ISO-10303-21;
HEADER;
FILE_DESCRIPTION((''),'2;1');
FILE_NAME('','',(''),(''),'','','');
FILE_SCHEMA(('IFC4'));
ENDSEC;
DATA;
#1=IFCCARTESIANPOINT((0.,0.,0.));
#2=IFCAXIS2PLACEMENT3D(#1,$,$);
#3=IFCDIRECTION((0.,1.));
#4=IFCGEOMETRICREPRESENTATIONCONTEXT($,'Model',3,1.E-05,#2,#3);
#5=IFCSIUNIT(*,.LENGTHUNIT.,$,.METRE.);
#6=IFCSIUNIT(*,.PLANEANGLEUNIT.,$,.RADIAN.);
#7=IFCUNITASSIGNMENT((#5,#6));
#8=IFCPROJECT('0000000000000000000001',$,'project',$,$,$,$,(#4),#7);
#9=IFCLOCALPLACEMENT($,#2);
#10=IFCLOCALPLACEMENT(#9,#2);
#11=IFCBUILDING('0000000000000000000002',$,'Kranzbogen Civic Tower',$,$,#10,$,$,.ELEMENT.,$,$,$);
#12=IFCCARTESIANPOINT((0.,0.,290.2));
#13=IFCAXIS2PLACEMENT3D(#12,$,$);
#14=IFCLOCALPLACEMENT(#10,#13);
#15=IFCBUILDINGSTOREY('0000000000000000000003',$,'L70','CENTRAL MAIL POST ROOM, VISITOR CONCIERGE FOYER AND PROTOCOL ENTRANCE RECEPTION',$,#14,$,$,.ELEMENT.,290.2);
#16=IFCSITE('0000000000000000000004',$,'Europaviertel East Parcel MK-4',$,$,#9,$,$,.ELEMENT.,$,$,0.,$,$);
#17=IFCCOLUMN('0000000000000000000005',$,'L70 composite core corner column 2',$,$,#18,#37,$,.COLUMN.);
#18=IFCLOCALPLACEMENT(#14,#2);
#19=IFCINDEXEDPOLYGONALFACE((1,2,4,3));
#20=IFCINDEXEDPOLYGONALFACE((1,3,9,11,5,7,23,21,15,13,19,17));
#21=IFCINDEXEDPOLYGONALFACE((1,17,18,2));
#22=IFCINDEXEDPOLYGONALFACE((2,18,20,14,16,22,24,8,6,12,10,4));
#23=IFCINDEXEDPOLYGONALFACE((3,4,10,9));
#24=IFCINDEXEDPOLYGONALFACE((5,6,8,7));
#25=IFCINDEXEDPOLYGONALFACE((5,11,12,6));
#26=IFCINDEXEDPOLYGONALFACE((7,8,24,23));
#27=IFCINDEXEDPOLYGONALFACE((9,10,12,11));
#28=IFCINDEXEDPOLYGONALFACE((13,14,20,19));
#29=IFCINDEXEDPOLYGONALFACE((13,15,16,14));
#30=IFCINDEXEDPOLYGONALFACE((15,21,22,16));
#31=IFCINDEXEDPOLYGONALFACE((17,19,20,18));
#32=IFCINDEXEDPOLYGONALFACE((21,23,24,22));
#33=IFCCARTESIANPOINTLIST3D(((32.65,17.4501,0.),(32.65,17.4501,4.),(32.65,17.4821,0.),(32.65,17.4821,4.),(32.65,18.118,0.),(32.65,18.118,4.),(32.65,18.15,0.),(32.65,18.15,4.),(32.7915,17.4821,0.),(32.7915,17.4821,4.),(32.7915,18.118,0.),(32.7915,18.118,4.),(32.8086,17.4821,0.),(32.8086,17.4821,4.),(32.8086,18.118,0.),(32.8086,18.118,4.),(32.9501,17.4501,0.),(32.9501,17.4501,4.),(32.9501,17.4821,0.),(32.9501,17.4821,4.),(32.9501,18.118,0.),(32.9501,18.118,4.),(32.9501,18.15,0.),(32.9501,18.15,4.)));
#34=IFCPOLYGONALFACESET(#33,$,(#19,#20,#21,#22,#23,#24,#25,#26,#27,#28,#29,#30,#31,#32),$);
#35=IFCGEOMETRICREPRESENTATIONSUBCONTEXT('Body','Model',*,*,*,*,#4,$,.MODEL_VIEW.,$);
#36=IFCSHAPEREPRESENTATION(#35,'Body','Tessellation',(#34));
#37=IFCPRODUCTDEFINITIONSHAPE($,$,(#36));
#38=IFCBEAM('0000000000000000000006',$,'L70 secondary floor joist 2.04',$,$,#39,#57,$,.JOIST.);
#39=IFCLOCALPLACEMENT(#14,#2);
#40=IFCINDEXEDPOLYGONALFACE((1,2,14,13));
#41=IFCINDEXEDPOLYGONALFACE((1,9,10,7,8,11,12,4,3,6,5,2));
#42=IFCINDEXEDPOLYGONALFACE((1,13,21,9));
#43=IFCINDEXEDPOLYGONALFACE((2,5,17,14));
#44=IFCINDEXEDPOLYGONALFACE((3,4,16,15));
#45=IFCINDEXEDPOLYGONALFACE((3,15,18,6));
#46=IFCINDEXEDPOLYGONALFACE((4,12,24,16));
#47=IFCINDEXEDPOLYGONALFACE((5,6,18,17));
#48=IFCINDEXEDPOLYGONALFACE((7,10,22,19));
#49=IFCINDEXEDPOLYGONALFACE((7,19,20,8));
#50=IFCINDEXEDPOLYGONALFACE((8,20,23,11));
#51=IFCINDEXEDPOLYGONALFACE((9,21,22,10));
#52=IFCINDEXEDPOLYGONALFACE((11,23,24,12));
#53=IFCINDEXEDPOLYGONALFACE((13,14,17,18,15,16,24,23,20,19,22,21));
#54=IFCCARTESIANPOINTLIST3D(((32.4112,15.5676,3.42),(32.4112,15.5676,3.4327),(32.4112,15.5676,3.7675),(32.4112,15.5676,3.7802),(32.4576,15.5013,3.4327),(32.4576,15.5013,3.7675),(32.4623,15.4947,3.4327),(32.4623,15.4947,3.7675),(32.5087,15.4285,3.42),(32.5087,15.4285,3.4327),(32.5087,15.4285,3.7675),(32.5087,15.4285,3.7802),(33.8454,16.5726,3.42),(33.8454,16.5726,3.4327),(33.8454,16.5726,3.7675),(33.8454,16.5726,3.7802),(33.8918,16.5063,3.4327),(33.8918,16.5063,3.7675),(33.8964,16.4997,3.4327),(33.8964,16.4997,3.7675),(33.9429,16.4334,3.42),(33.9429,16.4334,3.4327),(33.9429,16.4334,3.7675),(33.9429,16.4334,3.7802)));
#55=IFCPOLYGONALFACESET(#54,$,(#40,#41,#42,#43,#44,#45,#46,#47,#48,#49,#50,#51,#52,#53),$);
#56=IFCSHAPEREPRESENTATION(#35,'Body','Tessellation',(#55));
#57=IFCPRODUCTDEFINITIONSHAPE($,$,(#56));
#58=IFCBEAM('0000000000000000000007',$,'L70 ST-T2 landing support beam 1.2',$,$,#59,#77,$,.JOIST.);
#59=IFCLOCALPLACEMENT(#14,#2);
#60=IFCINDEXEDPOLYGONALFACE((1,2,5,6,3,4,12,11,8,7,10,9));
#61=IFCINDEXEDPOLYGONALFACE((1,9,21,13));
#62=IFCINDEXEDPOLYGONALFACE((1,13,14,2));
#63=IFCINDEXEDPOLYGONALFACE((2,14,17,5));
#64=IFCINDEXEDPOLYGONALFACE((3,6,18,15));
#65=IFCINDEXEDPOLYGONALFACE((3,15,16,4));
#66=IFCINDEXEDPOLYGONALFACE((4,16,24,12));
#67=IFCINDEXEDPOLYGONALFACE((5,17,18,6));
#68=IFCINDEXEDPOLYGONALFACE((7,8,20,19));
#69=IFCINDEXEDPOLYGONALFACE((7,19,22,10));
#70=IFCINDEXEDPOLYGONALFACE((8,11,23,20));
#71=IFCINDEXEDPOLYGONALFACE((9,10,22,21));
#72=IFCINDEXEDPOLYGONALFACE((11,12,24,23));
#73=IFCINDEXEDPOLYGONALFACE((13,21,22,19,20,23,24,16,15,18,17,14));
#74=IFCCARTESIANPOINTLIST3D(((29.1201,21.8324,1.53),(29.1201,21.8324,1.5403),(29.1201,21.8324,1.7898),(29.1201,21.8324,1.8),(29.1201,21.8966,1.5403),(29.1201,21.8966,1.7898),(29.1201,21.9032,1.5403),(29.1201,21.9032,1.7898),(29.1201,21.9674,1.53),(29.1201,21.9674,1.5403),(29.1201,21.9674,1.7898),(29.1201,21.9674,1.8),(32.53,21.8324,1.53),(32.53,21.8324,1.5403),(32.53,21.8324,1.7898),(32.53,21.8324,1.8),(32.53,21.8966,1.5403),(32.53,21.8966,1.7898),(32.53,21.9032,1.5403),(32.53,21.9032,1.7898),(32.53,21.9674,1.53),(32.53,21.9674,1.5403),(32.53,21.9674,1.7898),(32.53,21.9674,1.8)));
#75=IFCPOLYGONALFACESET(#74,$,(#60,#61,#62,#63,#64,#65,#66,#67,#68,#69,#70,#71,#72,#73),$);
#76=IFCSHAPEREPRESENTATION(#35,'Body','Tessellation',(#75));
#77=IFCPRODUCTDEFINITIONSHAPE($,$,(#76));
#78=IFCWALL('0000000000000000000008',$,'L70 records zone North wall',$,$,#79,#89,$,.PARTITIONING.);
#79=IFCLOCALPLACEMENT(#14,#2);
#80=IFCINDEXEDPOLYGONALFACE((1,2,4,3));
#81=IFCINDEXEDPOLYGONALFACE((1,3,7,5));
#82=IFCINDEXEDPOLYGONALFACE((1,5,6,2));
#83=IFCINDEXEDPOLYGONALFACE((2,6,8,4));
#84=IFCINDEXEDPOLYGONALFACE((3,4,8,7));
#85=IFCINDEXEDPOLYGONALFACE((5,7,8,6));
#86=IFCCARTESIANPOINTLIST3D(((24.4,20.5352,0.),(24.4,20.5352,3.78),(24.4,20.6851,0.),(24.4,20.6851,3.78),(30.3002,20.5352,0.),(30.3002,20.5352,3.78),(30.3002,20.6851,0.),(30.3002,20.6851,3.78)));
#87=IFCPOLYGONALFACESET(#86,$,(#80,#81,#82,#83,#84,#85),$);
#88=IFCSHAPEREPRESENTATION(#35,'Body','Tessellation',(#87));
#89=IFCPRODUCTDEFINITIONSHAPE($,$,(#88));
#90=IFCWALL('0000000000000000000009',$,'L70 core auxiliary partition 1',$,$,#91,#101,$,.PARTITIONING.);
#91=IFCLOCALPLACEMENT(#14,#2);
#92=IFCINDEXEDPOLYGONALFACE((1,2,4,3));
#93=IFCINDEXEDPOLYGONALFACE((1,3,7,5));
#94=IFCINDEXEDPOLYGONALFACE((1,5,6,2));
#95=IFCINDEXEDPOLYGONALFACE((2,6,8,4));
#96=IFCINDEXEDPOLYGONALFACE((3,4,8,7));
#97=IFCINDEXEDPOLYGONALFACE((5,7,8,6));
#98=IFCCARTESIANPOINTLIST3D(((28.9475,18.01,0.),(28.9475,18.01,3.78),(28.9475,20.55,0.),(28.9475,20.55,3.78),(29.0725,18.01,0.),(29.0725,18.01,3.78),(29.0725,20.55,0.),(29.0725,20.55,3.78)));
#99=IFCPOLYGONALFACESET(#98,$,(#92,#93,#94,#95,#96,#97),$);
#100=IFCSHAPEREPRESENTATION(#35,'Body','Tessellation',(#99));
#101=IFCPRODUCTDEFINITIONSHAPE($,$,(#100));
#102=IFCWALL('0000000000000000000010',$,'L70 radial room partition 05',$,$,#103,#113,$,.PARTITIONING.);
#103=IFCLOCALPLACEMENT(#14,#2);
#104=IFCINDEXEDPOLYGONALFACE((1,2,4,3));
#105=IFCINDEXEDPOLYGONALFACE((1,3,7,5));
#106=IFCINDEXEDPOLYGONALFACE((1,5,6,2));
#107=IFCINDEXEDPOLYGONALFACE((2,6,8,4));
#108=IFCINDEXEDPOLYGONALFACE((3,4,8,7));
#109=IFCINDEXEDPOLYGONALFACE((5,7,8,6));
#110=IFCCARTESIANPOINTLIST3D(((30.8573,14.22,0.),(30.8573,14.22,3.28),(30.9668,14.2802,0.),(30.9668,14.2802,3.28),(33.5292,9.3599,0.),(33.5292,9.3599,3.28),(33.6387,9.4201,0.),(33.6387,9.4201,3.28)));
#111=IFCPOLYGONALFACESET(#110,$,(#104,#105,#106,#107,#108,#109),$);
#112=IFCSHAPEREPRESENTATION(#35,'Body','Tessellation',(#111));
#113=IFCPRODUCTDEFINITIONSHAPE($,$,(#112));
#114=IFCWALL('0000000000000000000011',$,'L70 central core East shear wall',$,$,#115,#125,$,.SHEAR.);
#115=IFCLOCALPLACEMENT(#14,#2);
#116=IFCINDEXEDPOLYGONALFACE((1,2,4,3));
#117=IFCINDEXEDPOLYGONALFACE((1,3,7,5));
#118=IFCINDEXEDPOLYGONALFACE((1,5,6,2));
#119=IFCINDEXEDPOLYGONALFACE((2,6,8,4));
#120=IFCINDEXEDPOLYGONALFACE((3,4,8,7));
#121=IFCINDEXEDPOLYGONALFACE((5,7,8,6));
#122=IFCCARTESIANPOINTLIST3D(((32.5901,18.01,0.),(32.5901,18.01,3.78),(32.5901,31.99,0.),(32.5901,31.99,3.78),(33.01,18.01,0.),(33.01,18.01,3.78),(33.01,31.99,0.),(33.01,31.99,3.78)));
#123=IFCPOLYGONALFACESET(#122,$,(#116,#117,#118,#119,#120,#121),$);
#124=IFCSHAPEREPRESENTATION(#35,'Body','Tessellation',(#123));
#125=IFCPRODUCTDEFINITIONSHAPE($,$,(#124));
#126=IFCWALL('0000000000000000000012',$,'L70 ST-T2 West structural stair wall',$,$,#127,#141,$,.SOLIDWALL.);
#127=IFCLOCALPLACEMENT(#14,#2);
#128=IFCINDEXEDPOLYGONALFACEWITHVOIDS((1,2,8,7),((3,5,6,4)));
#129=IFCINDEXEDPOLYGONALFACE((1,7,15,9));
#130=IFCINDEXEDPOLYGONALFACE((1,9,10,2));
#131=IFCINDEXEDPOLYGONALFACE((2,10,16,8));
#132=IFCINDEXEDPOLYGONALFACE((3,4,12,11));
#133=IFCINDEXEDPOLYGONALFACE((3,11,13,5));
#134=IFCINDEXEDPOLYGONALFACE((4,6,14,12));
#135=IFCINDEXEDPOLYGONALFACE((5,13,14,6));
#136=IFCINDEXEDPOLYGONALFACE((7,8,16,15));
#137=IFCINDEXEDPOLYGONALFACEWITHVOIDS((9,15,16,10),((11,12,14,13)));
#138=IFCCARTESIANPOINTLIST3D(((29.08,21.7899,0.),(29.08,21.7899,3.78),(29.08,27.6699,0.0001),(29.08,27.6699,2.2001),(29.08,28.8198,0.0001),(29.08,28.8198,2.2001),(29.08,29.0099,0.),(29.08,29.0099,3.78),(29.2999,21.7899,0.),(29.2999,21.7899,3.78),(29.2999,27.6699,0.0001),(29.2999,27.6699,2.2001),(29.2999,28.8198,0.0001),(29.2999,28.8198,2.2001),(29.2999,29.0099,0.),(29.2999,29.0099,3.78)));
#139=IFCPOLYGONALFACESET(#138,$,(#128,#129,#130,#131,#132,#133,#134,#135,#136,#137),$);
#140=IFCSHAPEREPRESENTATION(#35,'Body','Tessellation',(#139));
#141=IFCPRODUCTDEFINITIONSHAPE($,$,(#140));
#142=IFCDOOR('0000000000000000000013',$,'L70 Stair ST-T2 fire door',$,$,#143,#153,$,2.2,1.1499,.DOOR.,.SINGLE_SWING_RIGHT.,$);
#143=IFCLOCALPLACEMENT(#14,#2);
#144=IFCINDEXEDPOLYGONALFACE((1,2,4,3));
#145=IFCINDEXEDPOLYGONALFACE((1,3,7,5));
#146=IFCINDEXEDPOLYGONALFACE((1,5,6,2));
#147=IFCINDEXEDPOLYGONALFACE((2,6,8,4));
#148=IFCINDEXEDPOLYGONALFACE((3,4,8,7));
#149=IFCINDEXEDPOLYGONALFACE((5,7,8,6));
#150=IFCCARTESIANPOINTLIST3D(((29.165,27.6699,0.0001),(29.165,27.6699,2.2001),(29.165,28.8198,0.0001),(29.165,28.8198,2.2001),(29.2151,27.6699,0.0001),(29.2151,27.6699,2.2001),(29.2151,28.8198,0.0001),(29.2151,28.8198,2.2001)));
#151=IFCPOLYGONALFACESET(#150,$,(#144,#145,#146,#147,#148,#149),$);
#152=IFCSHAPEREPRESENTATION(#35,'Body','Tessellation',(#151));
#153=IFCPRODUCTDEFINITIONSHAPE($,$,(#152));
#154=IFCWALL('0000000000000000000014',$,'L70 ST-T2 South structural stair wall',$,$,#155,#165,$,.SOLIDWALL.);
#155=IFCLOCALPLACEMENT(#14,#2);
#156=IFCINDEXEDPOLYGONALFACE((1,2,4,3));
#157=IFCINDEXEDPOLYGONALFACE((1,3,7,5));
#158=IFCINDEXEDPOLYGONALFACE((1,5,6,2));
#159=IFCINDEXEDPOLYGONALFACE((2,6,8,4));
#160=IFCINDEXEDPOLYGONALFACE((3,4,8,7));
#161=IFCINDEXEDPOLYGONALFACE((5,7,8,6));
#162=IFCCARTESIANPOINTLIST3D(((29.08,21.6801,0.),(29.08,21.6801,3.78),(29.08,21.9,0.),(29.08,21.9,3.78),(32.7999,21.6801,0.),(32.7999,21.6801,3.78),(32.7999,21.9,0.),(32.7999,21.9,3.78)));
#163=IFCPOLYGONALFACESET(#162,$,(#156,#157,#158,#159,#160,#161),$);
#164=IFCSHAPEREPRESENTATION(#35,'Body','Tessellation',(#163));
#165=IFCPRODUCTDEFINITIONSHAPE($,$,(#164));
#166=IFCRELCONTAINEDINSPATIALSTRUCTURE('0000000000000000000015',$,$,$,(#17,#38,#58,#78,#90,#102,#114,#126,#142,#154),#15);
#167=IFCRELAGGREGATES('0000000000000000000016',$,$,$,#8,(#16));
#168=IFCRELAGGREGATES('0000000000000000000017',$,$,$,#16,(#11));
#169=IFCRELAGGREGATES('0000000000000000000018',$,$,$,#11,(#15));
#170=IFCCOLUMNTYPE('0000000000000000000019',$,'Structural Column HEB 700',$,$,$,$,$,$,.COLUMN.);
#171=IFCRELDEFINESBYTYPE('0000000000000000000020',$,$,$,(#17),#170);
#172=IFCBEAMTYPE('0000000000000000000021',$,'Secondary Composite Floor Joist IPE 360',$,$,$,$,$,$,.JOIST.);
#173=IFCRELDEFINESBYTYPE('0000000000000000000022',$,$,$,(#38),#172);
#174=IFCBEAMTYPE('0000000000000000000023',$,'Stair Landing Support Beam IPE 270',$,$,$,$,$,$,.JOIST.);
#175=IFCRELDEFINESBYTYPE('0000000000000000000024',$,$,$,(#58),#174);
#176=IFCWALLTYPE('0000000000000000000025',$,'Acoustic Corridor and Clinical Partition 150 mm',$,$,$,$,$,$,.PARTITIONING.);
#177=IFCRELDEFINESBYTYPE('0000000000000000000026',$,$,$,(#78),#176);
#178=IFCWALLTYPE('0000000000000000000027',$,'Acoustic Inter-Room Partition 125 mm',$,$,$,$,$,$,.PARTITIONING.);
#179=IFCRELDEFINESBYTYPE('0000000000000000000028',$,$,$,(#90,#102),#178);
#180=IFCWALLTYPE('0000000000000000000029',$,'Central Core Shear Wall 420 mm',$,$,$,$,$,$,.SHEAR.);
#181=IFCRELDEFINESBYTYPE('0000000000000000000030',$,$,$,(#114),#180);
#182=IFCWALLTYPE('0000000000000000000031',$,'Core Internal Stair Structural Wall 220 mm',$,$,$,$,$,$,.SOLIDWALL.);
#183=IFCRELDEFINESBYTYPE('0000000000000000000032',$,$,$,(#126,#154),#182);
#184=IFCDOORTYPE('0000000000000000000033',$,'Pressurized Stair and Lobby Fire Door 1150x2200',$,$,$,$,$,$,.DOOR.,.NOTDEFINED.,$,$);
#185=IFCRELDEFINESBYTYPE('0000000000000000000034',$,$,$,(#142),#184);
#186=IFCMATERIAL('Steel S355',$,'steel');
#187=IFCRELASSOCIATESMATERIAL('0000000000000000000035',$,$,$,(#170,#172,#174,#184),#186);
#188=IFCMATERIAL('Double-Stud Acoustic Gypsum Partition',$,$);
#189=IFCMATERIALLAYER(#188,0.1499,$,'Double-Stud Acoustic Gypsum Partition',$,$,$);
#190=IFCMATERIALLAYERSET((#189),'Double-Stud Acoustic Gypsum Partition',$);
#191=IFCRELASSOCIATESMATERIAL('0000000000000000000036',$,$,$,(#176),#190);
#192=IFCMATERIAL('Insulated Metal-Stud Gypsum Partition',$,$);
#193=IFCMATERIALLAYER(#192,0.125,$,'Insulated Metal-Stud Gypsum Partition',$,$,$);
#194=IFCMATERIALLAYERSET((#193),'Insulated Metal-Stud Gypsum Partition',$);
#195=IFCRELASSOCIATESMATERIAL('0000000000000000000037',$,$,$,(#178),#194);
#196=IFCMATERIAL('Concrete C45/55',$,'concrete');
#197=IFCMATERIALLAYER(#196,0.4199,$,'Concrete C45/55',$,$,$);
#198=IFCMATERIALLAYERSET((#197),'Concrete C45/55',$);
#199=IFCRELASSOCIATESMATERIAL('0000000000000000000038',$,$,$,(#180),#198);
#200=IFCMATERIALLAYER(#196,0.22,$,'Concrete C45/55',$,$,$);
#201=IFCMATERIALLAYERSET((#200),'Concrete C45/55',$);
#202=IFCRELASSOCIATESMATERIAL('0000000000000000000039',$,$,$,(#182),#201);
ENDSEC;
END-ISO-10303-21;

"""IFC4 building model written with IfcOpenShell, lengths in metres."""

from ifc_helpers import new_model, si_unit, direction, frame, frame_2d, origin, origin_2d, place, context, subcontext, project, spatial, rectangle, i_section, extrude, material, layer, layer_set, material_profile, profile_set, type_object, element, fill, save


model = new_model("IFC4")

# Units and contexts
model_context = context("Model", 3, precision=1e-05, world=origin(), true_north=direction((0.0, 1.0)))
body_context = subcontext(model_context, "Body", "Model", "MODEL_VIEW")
ifc_project = project(units=[si_unit("LENGTHUNIT", "METRE"), si_unit("PLANEANGLEUNIT", "RADIAN")], contexts=[model_context])

# Site, building, storey
site_placement = place(None, origin())
site = spatial("IfcSite", under=ifc_project, at=site_placement, Name="Europaviertel East Parcel MK-4", CompositionType="ELEMENT", RefElevation=0.0)
building_placement = place(site_placement, origin())
building = spatial("IfcBuilding", under=site, at=building_placement, Name="Kranzbogen Civic Tower", CompositionType="ELEMENT")
storey_placement = place(building_placement, frame((0.0, 0.0, 290.2)))
storey = spatial("IfcBuildingStorey", under=building, at=storey_placement, Name="L70", Description="CENTRAL MAIL POST ROOM, VISITOR CONCIERGE FOYER AND PROTOCOL ENTRANCE RECEPTION", CompositionType="ELEMENT", Elevation=290.2)

# Column
ifc_material_1 = material(Name="Steel S355", Category="steel")
ifc_material_profile_1 = material_profile(ifc_material_1, i_section(OverallWidth=0.3, OverallDepth=0.7, WebThickness=0.0171, FlangeThickness=0.032, at=origin_2d()), Name="HEB 700")
ifc_profile_set_1 = profile_set([ifc_material_profile_1], Name="Steel S355")
column_type = type_object("IfcColumnType", Name="Structural Column HEB 700", PredefinedType="COLUMN", material=ifc_profile_set_1)
column_placement = place(storey_placement, frame((32.8, 17.8, 0.0), z_axis=(0.0, 0.0, 1.0), x_axis=(1.0, 0.0, 0.0)))
element("IfcColumn", 1, at=column_placement, inside=storey, type_object=column_type, Name="L70 composite core corner column 2", PredefinedType="COLUMN", context=body_context, shape_type="SweptSolid", body=[
    extrude(i_section(OverallWidth=0.3, OverallDepth=0.7, WebThickness=0.0171, FlangeThickness=0.032, at=origin_2d()), origin(), (0.0, 0.0, 1.0), 4.0),
])

# Beams
ifc_material_profile_2 = material_profile(ifc_material_1, i_section(OverallWidth=0.1699, OverallDepth=0.3601, WebThickness=0.0081, FlangeThickness=0.0127, at=origin_2d()), Name="IPE 360")
ifc_profile_set_2 = profile_set([ifc_material_profile_2], Name="Steel S355")
beam_type_1 = type_object("IfcBeamType", Name="Secondary Composite Floor Joist IPE 360", PredefinedType="JOIST", material=ifc_profile_set_2)
beam_1_placement = place(storey_placement, frame((32.46, 15.498, 3.6001), z_axis=(0.818957, 0.573855, 0.0), x_axis=(-0.573855, 0.818957, 0.0)))
element("IfcBeam", 2, at=beam_1_placement, inside=storey, type_object=beam_type_1, Name="L70 secondary floor joist 2.04", PredefinedType="JOIST", context=body_context, shape_type="SweptSolid", body=[
    extrude(i_section(OverallWidth=0.1699, OverallDepth=0.3601, WebThickness=0.0081, FlangeThickness=0.0127, at=origin_2d()), origin(), (0.0, 0.0, 1.0), 1.7512),
])
ifc_material_profile_3 = material_profile(ifc_material_1, i_section(OverallWidth=0.135, OverallDepth=0.27, WebThickness=0.0066, FlangeThickness=0.0103, at=origin_2d()), Name="IPE 270")
ifc_profile_set_3 = profile_set([ifc_material_profile_3], Name="Steel S355")
beam_type_2 = type_object("IfcBeamType", Name="Stair Landing Support Beam IPE 270", PredefinedType="JOIST", material=ifc_profile_set_3)
beam_2_placement = place(storey_placement, frame((29.1201, 21.8999, 1.665), z_axis=(1.0, 0.0, 0.0), x_axis=(0.0, 1.0, 0.0)))
element("IfcBeam", 3, at=beam_2_placement, inside=storey, type_object=beam_type_2, Name="L70 ST-T2 landing support beam 1.2", PredefinedType="JOIST", context=body_context, shape_type="SweptSolid", body=[
    extrude(i_section(OverallWidth=0.135, OverallDepth=0.27, WebThickness=0.0066, FlangeThickness=0.0103, at=origin_2d()), origin(), (0.0, 0.0, 1.0), 3.4099),
])

# Walls
ifc_material_2 = material(Name="Double-Stud Acoustic Gypsum Partition")
ifc_layer_1 = layer(ifc_material_2, 0.1499, Name="Double-Stud Acoustic Gypsum Partition")
ifc_layer_set_1 = layer_set([ifc_layer_1], Name="Double-Stud Acoustic Gypsum Partition")
wall_type_1 = type_object("IfcWallType", Name="Acoustic Corridor and Clinical Partition 150 mm", PredefinedType="PARTITIONING", material=ifc_layer_set_1)
wall_1_placement = place(storey_placement, frame((24.3999, 20.6101, 0.0), z_axis=(0.0, 0.0, 1.0), x_axis=(1.0, 0.0, 0.0)))
element("IfcWall", 4, at=wall_1_placement, inside=storey, type_object=wall_type_1, Name="L70 records zone North wall", PredefinedType="PARTITIONING", context=body_context, shape_type="SweptSolid", body=[
    extrude(rectangle(XDim=5.9001, YDim=0.1499, at=frame_2d((2.9502, 0.0))), origin(), (0.0, 0.0, 1.0), 3.78),
])
ifc_material_3 = material(Name="Insulated Metal-Stud Gypsum Partition")
ifc_layer_2 = layer(ifc_material_3, 0.125, Name="Insulated Metal-Stud Gypsum Partition")
ifc_layer_set_2 = layer_set([ifc_layer_2], Name="Insulated Metal-Stud Gypsum Partition")
wall_type_2 = type_object("IfcWallType", Name="Acoustic Inter-Room Partition 125 mm", PredefinedType="PARTITIONING", material=ifc_layer_set_2)
wall_2_placement = place(storey_placement, frame((29.01, 18.01, 0.0), z_axis=(0.0, 0.0, 1.0), x_axis=(0.0, 1.0, 0.0)))
element("IfcWall", 5, at=wall_2_placement, inside=storey, type_object=wall_type_2, Name="L70 core auxiliary partition 1", PredefinedType="PARTITIONING", context=body_context, shape_type="SweptSolid", body=[
    extrude(rectangle(XDim=2.54, YDim=0.125, at=frame_2d((1.27, 0.0))), origin(), (0.0, 0.0, 1.0), 3.78),
])
wall_3_placement = place(storey_placement, frame((30.9121, 14.25, 0.0), z_axis=(0.0, 0.0, 1.0), x_axis=(0.481755, -0.876306, 0.0)))
element("IfcWall", 6, at=wall_3_placement, inside=storey, type_object=wall_type_2, Name="L70 radial room partition 05", PredefinedType="PARTITIONING", context=body_context, shape_type="SweptSolid", body=[
    extrude(rectangle(XDim=5.5461, YDim=0.125, at=frame_2d((2.7729, 0.0))), origin(), (0.0, 0.0, 1.0), 3.28),
])
ifc_material_4 = material(Name="Concrete C45/55", Category="concrete")
ifc_layer_3 = layer(ifc_material_4, 0.4199, Name="Concrete C45/55")
ifc_layer_set_3 = layer_set([ifc_layer_3], Name="Concrete C45/55")
wall_type_3 = type_object("IfcWallType", Name="Central Core Shear Wall 420 mm", PredefinedType="SHEAR", material=ifc_layer_set_3)
wall_4_placement = place(storey_placement, frame((32.8, 18.01, 0.0), z_axis=(0.0, 0.0, 1.0), x_axis=(0.0, 1.0, 0.0)))
element("IfcWall", 7, at=wall_4_placement, inside=storey, type_object=wall_type_3, Name="L70 central core East shear wall", PredefinedType="SHEAR", context=body_context, shape_type="SweptSolid", body=[
    extrude(rectangle(XDim=13.98, YDim=0.4199, at=frame_2d((6.99, 0.0))), origin(), (0.0, 0.0, 1.0), 3.78),
])

# Wall, opening, door
ifc_layer_4 = layer(ifc_material_4, 0.22, Name="Concrete C45/55")
ifc_layer_set_4 = layer_set([ifc_layer_4], Name="Concrete C45/55")
wall_type_4 = type_object("IfcWallType", Name="Core Internal Stair Structural Wall 220 mm", PredefinedType="SOLIDWALL", material=ifc_layer_set_4)
wall_5_placement = place(storey_placement, frame((29.1899, 21.79, 0.0), z_axis=(0.0, 0.0, 1.0), x_axis=(0.0, 1.0, 0.0)))
wall_5 = element("IfcWall", 8, at=wall_5_placement, inside=storey, type_object=wall_type_4, Name="L70 ST-T2 West structural stair wall", PredefinedType="SOLIDWALL", context=body_context, shape_type="SweptSolid", body=[
    extrude(rectangle(XDim=7.22, YDim=0.22, at=frame_2d((3.6099, 0.0))), origin(), (0.0, 0.0, 1.0), 3.78),
])
opening_1_placement = place(wall_5_placement, frame((5.8799, 0.0, 0.0)))
opening_1 = element("IfcOpeningElement", 9, at=opening_1_placement, cuts=wall_5, PredefinedType="OPENING", context=body_context, shape_type="SweptSolid", body=[
    extrude(rectangle(XDim=1.1499, YDim=2.2, at=frame_2d((0.575, 1.1001))), frame((0.0, 0.1201, 0.0), z_axis=(0.0, -1.0, 0.0), x_axis=(1.0, 0.0, 0.0)), (0.0, 0.0, 1.0), 0.24),
])
door_type_1 = type_object("IfcDoorType", Name="Pressurized Stair and Lobby Fire Door 1150x2200", OperationType="NOTDEFINED", PredefinedType="DOOR", material=ifc_material_1)
door_1_placement = place(opening_1_placement, origin())
door_1 = element("IfcDoor", 10, at=door_1_placement, inside=storey, type_object=door_type_1, Name="L70 Stair ST-T2 fire door", OperationType="SINGLE_SWING_RIGHT", OverallHeight=2.2, OverallWidth=1.1499, PredefinedType="DOOR", context=body_context, shape_type="SweptSolid", body=[
    extrude(rectangle(XDim=1.1499, YDim=2.2, at=frame_2d((0.575, 1.1001))), frame((0.0, 0.0249, 0.0), z_axis=(0.0, -1.0, 0.0), x_axis=(1.0, 0.0, 0.0)), (0.0, 0.0, 1.0), 0.05),
])
fill(opening_1, door_1)

# Wall
wall_6_placement = place(storey_placement, frame((29.0801, 21.79, 0.0), z_axis=(0.0, 0.0, 1.0), x_axis=(1.0, 0.0, 0.0)))
element("IfcWall", 11, at=wall_6_placement, inside=storey, type_object=wall_type_4, Name="L70 ST-T2 South structural stair wall", PredefinedType="SOLIDWALL", context=body_context, shape_type="SweptSolid", body=[
    extrude(rectangle(XDim=3.72, YDim=0.22, at=frame_2d((1.8599, 0.0))), origin(), (0.0, 0.0, 1.0), 3.78),
])

save(model, "model.ifc")
